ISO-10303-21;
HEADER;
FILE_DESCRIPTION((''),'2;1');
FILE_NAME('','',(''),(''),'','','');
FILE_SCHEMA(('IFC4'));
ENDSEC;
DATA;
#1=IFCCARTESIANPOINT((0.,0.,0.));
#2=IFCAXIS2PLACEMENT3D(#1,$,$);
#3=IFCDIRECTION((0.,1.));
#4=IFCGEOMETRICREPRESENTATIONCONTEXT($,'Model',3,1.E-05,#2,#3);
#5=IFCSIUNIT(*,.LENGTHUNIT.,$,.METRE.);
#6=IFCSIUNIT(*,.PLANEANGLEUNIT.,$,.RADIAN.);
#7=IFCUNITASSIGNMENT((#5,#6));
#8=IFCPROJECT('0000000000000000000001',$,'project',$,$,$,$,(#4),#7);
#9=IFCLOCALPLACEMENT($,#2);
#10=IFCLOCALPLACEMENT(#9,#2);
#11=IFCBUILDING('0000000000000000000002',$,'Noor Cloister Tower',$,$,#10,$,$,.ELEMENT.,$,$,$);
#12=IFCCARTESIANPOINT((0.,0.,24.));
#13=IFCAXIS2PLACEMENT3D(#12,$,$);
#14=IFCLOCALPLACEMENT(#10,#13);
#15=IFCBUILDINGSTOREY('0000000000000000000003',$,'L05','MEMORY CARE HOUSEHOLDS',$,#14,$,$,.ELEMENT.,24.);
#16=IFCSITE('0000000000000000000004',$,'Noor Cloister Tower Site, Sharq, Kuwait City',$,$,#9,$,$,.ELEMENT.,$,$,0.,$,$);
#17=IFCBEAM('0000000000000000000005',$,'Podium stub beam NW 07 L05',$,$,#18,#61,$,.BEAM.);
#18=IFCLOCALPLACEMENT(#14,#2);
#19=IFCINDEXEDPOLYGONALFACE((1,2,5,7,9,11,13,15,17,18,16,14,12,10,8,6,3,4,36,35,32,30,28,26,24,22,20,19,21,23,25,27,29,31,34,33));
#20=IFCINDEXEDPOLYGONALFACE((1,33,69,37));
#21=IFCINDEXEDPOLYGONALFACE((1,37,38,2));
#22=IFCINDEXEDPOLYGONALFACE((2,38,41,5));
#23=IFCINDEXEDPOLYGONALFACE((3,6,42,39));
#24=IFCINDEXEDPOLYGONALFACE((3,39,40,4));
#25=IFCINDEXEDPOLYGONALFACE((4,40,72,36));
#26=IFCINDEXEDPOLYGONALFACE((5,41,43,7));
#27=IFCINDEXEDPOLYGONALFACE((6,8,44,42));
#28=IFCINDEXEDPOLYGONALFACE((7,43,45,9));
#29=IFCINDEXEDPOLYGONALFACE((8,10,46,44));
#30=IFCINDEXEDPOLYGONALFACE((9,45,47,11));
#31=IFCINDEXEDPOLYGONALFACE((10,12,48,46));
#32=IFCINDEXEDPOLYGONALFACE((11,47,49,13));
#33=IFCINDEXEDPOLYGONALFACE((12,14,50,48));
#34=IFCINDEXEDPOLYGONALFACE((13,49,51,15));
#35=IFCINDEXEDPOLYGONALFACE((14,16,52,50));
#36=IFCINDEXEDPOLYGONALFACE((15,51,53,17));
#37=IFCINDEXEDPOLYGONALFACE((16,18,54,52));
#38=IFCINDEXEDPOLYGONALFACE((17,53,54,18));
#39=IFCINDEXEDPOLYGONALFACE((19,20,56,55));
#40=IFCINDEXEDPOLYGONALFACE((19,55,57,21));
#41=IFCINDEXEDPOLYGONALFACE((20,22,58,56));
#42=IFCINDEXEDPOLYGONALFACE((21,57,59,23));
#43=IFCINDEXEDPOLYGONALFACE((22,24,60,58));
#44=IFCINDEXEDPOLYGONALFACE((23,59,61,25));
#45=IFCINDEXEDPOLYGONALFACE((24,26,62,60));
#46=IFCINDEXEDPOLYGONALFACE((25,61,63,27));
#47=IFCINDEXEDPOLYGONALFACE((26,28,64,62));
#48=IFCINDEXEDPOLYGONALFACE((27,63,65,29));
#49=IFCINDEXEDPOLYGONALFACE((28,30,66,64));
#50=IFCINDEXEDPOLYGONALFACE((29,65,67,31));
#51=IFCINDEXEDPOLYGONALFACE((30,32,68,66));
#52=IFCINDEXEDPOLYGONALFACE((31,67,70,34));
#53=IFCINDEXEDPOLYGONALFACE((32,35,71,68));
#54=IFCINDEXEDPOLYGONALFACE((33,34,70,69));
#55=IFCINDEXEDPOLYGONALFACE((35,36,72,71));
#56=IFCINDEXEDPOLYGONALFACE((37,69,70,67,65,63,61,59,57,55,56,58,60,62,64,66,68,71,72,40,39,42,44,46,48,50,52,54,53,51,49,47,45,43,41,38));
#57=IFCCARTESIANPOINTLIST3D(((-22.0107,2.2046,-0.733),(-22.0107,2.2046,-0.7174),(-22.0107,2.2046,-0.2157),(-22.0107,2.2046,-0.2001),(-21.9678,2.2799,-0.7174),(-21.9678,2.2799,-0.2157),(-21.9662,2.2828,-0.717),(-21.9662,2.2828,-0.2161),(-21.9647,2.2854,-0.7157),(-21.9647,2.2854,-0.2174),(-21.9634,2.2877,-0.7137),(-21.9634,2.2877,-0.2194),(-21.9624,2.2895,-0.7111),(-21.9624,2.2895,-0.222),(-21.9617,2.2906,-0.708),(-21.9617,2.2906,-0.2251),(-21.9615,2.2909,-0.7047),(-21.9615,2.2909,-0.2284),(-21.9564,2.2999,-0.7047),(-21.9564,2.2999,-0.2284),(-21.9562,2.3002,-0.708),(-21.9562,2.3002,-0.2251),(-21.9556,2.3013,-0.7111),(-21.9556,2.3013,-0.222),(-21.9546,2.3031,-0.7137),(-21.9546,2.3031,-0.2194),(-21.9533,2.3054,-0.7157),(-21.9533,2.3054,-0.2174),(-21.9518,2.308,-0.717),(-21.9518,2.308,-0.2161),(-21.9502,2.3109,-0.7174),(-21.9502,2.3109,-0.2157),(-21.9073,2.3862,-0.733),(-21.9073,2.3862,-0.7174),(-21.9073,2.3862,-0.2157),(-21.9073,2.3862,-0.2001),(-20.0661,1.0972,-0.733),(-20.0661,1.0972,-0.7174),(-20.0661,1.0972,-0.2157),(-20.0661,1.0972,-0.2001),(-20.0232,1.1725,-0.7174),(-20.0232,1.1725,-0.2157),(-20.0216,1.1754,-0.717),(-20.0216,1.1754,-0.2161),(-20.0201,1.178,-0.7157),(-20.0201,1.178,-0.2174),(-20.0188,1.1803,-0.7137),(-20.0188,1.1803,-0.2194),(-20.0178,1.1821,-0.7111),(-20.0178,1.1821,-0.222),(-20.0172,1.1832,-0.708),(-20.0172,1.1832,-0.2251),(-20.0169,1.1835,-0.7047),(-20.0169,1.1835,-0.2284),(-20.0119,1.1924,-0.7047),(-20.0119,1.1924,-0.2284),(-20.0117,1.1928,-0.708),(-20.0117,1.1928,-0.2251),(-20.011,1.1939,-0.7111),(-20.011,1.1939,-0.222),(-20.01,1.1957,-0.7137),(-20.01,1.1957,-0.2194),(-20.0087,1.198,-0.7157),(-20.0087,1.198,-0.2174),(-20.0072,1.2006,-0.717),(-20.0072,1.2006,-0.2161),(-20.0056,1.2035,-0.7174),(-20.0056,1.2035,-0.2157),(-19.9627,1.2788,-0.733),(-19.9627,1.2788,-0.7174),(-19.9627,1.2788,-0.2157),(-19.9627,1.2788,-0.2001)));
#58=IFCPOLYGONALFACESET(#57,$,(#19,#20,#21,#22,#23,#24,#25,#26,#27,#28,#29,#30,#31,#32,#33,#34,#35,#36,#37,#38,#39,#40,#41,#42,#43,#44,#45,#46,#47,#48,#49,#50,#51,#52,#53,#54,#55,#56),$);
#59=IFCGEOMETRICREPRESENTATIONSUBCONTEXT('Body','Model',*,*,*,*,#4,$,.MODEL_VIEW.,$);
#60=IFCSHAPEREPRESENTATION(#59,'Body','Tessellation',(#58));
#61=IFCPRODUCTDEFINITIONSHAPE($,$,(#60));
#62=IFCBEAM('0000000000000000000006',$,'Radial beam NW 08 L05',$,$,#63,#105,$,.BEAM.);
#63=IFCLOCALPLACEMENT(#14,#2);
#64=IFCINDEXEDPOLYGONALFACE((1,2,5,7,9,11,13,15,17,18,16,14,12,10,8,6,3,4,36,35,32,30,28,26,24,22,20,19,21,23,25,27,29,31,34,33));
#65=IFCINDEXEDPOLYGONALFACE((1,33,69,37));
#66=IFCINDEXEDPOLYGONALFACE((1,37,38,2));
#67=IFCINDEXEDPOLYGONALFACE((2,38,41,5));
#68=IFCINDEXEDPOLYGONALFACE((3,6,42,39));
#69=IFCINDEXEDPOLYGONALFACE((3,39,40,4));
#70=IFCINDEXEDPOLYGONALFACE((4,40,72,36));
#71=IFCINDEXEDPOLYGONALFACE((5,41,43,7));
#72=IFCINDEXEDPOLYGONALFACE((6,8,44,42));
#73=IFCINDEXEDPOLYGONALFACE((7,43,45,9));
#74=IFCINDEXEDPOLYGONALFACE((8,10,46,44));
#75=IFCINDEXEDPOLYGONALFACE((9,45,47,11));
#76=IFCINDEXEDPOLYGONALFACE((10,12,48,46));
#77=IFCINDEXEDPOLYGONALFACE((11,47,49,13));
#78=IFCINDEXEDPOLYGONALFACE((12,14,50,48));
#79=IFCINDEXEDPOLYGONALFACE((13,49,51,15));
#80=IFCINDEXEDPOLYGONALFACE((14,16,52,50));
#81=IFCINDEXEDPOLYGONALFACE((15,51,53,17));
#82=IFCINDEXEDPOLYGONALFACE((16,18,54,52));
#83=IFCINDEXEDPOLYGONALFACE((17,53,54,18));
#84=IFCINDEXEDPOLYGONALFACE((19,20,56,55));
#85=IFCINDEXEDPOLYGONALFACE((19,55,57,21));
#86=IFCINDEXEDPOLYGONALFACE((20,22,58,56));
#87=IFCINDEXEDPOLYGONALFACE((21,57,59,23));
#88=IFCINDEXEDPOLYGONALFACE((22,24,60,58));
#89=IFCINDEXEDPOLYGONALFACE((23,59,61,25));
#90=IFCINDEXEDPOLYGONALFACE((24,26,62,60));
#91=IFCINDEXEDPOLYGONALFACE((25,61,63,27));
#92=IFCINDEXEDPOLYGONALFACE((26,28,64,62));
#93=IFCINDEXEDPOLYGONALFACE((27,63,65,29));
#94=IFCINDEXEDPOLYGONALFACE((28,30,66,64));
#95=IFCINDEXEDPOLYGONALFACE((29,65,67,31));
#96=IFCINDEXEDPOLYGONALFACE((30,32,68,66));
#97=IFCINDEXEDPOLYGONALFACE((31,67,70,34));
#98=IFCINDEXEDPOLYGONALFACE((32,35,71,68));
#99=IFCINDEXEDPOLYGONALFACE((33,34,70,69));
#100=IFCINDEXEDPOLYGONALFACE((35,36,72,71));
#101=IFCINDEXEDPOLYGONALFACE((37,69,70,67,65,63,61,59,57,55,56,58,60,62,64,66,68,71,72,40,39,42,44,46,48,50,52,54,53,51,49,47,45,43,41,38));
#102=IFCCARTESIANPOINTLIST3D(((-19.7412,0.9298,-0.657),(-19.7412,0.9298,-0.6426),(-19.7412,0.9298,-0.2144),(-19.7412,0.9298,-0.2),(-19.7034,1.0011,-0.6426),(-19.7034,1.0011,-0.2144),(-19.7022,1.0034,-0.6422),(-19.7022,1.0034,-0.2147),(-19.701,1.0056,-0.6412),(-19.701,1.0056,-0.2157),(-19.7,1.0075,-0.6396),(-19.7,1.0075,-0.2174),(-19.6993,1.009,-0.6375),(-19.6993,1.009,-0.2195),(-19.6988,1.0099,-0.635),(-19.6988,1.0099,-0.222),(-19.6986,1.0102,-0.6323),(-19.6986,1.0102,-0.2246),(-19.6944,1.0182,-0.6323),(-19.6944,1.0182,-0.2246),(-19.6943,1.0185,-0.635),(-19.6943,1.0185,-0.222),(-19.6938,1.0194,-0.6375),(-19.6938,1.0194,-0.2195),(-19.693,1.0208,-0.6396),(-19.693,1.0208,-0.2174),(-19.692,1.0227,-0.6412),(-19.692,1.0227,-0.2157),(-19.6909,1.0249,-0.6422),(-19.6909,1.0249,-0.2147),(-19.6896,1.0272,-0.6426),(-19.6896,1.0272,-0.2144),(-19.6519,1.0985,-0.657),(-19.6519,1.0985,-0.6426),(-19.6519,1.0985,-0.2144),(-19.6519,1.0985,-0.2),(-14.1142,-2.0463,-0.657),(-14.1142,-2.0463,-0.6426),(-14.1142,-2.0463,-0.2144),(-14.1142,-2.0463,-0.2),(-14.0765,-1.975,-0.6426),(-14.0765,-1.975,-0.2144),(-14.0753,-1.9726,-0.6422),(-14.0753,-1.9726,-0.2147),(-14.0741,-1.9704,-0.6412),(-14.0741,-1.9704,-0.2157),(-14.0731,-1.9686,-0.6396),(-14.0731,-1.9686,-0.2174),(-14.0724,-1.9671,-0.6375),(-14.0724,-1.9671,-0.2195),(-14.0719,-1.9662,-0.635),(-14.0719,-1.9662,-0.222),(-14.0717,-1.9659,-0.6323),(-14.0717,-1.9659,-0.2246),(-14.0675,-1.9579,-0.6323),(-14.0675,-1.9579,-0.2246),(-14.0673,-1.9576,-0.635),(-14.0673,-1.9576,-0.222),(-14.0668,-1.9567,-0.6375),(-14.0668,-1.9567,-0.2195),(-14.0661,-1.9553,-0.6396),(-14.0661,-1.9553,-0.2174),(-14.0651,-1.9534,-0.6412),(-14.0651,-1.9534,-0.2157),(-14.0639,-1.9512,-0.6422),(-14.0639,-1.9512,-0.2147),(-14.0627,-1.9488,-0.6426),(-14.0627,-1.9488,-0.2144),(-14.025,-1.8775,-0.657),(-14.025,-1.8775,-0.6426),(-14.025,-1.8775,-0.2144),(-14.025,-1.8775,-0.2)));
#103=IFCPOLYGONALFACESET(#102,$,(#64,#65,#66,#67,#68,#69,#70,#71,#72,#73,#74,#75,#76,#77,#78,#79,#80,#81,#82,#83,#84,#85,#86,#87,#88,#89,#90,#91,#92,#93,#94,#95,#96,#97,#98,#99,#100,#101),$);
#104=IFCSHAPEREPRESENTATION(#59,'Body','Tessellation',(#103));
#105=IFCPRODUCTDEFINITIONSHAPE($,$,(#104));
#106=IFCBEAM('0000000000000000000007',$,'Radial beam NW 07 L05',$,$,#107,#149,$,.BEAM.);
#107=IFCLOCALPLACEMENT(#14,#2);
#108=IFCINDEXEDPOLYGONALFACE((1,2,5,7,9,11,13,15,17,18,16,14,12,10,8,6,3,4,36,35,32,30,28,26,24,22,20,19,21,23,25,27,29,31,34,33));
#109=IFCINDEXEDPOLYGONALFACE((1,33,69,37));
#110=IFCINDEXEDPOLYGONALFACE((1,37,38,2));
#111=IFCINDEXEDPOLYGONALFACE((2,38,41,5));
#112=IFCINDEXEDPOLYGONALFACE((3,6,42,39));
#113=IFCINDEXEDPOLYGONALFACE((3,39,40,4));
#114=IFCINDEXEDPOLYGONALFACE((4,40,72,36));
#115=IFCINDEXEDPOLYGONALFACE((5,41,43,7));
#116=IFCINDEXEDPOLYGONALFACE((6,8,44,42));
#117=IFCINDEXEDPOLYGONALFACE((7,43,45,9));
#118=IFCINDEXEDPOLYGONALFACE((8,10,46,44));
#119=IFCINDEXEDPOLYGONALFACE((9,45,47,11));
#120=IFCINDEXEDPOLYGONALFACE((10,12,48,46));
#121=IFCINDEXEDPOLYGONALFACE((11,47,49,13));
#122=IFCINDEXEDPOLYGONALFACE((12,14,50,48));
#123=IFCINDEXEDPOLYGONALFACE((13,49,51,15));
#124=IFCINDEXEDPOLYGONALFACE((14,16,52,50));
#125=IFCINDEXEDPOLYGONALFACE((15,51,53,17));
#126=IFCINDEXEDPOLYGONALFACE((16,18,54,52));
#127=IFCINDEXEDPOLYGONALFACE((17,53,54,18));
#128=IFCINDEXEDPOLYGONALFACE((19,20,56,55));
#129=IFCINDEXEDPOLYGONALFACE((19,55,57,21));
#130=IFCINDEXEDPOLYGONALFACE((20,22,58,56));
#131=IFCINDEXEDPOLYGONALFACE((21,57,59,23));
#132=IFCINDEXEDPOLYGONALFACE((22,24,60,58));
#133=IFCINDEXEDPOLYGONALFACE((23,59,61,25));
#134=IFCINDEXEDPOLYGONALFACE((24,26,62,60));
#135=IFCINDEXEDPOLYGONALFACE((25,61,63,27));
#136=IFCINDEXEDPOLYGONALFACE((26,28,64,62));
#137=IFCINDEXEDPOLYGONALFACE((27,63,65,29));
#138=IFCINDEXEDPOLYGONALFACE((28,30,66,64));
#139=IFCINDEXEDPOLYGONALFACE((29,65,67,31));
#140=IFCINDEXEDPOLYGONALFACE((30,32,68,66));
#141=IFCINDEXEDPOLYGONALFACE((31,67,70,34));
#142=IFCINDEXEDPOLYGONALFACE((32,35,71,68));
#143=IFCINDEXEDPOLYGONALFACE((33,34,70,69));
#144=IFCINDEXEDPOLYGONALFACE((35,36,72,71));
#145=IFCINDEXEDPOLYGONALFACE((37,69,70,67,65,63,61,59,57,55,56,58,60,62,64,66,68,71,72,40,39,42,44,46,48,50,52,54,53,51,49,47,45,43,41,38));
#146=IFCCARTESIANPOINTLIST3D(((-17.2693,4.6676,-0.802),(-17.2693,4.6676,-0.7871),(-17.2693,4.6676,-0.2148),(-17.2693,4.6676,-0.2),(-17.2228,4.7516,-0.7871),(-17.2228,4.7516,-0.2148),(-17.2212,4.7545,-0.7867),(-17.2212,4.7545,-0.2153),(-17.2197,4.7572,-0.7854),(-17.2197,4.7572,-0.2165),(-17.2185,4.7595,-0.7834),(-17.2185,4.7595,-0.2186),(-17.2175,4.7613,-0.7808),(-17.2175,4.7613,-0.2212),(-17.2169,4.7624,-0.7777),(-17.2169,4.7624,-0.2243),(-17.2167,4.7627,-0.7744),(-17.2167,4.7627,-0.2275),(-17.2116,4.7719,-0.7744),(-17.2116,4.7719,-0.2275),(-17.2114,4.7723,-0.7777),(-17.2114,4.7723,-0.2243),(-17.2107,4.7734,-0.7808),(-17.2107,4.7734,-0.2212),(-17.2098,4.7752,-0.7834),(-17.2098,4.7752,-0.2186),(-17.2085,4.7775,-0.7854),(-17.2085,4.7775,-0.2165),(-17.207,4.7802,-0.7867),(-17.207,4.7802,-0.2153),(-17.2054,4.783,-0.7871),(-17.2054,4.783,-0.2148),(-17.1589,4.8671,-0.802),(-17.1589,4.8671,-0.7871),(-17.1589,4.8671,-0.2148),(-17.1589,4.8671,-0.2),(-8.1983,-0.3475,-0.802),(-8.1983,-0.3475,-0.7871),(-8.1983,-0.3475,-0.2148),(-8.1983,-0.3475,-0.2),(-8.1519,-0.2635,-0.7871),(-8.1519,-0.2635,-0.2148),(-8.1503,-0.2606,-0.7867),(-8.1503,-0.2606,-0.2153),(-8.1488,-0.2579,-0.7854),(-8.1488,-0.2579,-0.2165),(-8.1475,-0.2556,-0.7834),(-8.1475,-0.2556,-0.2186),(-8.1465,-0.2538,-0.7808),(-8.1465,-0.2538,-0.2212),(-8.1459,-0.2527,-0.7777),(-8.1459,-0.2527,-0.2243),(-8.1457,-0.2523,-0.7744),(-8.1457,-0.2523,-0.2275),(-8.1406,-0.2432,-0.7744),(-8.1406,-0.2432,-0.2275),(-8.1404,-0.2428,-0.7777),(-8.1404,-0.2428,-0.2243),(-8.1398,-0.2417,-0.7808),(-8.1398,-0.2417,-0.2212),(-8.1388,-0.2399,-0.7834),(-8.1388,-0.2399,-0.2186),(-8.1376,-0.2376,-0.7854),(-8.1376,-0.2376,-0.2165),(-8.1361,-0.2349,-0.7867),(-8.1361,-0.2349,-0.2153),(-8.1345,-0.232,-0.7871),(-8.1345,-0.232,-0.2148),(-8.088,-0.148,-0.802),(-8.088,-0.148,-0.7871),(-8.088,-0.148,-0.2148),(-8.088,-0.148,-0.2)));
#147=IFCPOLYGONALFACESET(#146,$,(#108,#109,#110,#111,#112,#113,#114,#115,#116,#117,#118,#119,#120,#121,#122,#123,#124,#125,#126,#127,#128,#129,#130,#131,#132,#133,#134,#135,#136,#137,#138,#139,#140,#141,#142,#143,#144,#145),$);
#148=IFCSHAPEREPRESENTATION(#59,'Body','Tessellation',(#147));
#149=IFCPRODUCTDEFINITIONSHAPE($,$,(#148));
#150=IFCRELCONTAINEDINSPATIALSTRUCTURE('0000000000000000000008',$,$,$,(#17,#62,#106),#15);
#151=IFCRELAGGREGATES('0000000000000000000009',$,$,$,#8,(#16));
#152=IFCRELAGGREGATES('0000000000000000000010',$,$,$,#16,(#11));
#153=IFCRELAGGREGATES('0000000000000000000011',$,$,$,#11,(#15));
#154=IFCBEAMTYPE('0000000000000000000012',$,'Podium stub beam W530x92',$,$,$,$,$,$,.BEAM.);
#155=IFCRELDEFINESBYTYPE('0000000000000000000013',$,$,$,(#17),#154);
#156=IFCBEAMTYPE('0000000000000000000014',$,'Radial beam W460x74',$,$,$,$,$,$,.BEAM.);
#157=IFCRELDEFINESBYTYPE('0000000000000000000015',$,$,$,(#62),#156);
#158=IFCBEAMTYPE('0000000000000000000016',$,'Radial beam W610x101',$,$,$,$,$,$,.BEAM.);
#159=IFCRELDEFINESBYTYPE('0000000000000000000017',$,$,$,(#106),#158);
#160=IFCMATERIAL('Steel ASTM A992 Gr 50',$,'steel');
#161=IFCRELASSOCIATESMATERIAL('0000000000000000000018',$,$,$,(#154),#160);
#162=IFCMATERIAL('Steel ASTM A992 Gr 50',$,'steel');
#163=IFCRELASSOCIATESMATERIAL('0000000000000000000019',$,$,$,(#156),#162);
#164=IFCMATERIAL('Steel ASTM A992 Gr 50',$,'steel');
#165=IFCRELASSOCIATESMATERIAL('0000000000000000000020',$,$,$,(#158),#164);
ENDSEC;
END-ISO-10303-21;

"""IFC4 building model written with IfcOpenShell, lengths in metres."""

from ifc_helpers import new_model, si_unit, direction, frame, origin, origin_2d, place, context, subcontext, project, spatial, i_section, extrude, material, material_profile, profile_set, type_object, element, save


model = new_model("IFC4")

# Units and contexts
model_context = context("Model", 3, precision=1e-05, world=origin(), true_north=direction((0.0, 1.0)))
body_context = subcontext(model_context, "Body", "Model", "MODEL_VIEW")
ifc_project = project(units=[si_unit("LENGTHUNIT", "METRE"), si_unit("PLANEANGLEUNIT", "RADIAN")], contexts=[model_context])

# Site, building, storey
site_placement = place(None, origin())
site = spatial("IfcSite", under=ifc_project, at=site_placement, Name="Noor Cloister Tower Site, Sharq, Kuwait City", CompositionType="ELEMENT", RefElevation=0.0)
building_placement = place(site_placement, origin())
building = spatial("IfcBuilding", under=site, at=building_placement, Name="Noor Cloister Tower", CompositionType="ELEMENT")
storey_placement = place(building_placement, frame((0.0, 0.0, 24.0)))
storey = spatial("IfcBuildingStorey", under=building, at=storey_placement, Name="L05", Description="MEMORY CARE HOUSEHOLDS", CompositionType="ELEMENT", Elevation=24.0)

# Beams
ifc_material_1 = material(Name="Steel ASTM A992 Gr 50", Category="steel")
ifc_material_profile_1 = material_profile(ifc_material_1, i_section(OverallWidth=0.209, OverallDepth=0.533, WebThickness=0.0103, FlangeThickness=0.0156, FilletRadius=0.0127, at=origin_2d()), Name="W530x92")
ifc_profile_set_1 = profile_set([ifc_material_profile_1], Name="Steel ASTM A992 Gr 50")
beam_type_1 = type_object("IfcBeamType", Name="Podium stub beam W530x92", PredefinedType="BEAM", material=ifc_profile_set_1)
beam_1_placement = place(storey_placement, frame((-20.0144, 1.188, -0.4666), z_axis=(-0.868967, 0.49487, 0.0), x_axis=(-0.49487, -0.868967, 0.0)))
element("IfcBeam", 1, at=beam_1_placement, inside=storey, type_object=beam_type_1, Name="Podium stub beam NW 07 L05", PredefinedType="BEAM", context=body_context, shape_type="SweptSolid", body=[
    extrude(i_section(OverallWidth=0.209, OverallDepth=0.533, WebThickness=0.0103, FlangeThickness=0.0156, FilletRadius=0.0127, at=origin_2d()), origin(), (0.0, 0.0, 1.0), 2.2378),
])
ifc_material_2 = material(Name="Steel ASTM A992 Gr 50", Category="steel")
ifc_material_profile_2 = material_profile(ifc_material_2, i_section(OverallWidth=0.1909, OverallDepth=0.457, WebThickness=0.009, FlangeThickness=0.0144, FilletRadius=0.0103, at=origin_2d()), Name="W460x74")
ifc_profile_set_2 = profile_set([ifc_material_profile_2], Name="Steel ASTM A992 Gr 50")
beam_type_2 = type_object("IfcBeamType", Name="Radial beam W460x74", PredefinedType="BEAM", material=ifc_profile_set_2)
beam_2_placement = place(storey_placement, frame((-19.6965, 1.0142, -0.4285), z_axis=(0.883976, -0.467532, 0.0), x_axis=(0.467532, 0.883976, 0.0)))
element("IfcBeam", 2, at=beam_2_placement, inside=storey, type_object=beam_type_2, Name="Radial beam NW 08 L05", PredefinedType="BEAM", context=body_context, shape_type="SweptSolid", body=[
    extrude(i_section(OverallWidth=0.1909, OverallDepth=0.457, WebThickness=0.009, FlangeThickness=0.0144, FilletRadius=0.0103, at=origin_2d()), origin(), (0.0, 0.0, 1.0), 6.3655),
])
ifc_material_3 = material(Name="Steel ASTM A992 Gr 50", Category="steel")
ifc_material_profile_3 = material_profile(ifc_material_3, i_section(OverallWidth=0.228, OverallDepth=0.6021, WebThickness=0.0105, FlangeThickness=0.0149, FilletRadius=0.0127, at=origin_2d()), Name="W610x101")
ifc_profile_set_3 = profile_set([ifc_material_profile_3], Name="Steel ASTM A992 Gr 50")
beam_type_3 = type_object("IfcBeamType", Name="Radial beam W610x101", PredefinedType="BEAM", material=ifc_profile_set_3)
beam_3_placement = place(storey_placement, frame((-17.2141, 4.7673, -0.501), z_axis=(0.875152, -0.483848, 0.0), x_axis=(0.483848, 0.875152, 0.0)))
element("IfcBeam", 3, at=beam_3_placement, inside=storey, type_object=beam_type_3, Name="Radial beam NW 07 L05", PredefinedType="BEAM", context=body_context, shape_type="SweptSolid", body=[
    extrude(i_section(OverallWidth=0.228, OverallDepth=0.6021, WebThickness=0.0105, FlangeThickness=0.0149, FilletRadius=0.0127, at=origin_2d()), origin(), (0.0, 0.0, 1.0), 10.365),
])

save(model, "model.ifc")
